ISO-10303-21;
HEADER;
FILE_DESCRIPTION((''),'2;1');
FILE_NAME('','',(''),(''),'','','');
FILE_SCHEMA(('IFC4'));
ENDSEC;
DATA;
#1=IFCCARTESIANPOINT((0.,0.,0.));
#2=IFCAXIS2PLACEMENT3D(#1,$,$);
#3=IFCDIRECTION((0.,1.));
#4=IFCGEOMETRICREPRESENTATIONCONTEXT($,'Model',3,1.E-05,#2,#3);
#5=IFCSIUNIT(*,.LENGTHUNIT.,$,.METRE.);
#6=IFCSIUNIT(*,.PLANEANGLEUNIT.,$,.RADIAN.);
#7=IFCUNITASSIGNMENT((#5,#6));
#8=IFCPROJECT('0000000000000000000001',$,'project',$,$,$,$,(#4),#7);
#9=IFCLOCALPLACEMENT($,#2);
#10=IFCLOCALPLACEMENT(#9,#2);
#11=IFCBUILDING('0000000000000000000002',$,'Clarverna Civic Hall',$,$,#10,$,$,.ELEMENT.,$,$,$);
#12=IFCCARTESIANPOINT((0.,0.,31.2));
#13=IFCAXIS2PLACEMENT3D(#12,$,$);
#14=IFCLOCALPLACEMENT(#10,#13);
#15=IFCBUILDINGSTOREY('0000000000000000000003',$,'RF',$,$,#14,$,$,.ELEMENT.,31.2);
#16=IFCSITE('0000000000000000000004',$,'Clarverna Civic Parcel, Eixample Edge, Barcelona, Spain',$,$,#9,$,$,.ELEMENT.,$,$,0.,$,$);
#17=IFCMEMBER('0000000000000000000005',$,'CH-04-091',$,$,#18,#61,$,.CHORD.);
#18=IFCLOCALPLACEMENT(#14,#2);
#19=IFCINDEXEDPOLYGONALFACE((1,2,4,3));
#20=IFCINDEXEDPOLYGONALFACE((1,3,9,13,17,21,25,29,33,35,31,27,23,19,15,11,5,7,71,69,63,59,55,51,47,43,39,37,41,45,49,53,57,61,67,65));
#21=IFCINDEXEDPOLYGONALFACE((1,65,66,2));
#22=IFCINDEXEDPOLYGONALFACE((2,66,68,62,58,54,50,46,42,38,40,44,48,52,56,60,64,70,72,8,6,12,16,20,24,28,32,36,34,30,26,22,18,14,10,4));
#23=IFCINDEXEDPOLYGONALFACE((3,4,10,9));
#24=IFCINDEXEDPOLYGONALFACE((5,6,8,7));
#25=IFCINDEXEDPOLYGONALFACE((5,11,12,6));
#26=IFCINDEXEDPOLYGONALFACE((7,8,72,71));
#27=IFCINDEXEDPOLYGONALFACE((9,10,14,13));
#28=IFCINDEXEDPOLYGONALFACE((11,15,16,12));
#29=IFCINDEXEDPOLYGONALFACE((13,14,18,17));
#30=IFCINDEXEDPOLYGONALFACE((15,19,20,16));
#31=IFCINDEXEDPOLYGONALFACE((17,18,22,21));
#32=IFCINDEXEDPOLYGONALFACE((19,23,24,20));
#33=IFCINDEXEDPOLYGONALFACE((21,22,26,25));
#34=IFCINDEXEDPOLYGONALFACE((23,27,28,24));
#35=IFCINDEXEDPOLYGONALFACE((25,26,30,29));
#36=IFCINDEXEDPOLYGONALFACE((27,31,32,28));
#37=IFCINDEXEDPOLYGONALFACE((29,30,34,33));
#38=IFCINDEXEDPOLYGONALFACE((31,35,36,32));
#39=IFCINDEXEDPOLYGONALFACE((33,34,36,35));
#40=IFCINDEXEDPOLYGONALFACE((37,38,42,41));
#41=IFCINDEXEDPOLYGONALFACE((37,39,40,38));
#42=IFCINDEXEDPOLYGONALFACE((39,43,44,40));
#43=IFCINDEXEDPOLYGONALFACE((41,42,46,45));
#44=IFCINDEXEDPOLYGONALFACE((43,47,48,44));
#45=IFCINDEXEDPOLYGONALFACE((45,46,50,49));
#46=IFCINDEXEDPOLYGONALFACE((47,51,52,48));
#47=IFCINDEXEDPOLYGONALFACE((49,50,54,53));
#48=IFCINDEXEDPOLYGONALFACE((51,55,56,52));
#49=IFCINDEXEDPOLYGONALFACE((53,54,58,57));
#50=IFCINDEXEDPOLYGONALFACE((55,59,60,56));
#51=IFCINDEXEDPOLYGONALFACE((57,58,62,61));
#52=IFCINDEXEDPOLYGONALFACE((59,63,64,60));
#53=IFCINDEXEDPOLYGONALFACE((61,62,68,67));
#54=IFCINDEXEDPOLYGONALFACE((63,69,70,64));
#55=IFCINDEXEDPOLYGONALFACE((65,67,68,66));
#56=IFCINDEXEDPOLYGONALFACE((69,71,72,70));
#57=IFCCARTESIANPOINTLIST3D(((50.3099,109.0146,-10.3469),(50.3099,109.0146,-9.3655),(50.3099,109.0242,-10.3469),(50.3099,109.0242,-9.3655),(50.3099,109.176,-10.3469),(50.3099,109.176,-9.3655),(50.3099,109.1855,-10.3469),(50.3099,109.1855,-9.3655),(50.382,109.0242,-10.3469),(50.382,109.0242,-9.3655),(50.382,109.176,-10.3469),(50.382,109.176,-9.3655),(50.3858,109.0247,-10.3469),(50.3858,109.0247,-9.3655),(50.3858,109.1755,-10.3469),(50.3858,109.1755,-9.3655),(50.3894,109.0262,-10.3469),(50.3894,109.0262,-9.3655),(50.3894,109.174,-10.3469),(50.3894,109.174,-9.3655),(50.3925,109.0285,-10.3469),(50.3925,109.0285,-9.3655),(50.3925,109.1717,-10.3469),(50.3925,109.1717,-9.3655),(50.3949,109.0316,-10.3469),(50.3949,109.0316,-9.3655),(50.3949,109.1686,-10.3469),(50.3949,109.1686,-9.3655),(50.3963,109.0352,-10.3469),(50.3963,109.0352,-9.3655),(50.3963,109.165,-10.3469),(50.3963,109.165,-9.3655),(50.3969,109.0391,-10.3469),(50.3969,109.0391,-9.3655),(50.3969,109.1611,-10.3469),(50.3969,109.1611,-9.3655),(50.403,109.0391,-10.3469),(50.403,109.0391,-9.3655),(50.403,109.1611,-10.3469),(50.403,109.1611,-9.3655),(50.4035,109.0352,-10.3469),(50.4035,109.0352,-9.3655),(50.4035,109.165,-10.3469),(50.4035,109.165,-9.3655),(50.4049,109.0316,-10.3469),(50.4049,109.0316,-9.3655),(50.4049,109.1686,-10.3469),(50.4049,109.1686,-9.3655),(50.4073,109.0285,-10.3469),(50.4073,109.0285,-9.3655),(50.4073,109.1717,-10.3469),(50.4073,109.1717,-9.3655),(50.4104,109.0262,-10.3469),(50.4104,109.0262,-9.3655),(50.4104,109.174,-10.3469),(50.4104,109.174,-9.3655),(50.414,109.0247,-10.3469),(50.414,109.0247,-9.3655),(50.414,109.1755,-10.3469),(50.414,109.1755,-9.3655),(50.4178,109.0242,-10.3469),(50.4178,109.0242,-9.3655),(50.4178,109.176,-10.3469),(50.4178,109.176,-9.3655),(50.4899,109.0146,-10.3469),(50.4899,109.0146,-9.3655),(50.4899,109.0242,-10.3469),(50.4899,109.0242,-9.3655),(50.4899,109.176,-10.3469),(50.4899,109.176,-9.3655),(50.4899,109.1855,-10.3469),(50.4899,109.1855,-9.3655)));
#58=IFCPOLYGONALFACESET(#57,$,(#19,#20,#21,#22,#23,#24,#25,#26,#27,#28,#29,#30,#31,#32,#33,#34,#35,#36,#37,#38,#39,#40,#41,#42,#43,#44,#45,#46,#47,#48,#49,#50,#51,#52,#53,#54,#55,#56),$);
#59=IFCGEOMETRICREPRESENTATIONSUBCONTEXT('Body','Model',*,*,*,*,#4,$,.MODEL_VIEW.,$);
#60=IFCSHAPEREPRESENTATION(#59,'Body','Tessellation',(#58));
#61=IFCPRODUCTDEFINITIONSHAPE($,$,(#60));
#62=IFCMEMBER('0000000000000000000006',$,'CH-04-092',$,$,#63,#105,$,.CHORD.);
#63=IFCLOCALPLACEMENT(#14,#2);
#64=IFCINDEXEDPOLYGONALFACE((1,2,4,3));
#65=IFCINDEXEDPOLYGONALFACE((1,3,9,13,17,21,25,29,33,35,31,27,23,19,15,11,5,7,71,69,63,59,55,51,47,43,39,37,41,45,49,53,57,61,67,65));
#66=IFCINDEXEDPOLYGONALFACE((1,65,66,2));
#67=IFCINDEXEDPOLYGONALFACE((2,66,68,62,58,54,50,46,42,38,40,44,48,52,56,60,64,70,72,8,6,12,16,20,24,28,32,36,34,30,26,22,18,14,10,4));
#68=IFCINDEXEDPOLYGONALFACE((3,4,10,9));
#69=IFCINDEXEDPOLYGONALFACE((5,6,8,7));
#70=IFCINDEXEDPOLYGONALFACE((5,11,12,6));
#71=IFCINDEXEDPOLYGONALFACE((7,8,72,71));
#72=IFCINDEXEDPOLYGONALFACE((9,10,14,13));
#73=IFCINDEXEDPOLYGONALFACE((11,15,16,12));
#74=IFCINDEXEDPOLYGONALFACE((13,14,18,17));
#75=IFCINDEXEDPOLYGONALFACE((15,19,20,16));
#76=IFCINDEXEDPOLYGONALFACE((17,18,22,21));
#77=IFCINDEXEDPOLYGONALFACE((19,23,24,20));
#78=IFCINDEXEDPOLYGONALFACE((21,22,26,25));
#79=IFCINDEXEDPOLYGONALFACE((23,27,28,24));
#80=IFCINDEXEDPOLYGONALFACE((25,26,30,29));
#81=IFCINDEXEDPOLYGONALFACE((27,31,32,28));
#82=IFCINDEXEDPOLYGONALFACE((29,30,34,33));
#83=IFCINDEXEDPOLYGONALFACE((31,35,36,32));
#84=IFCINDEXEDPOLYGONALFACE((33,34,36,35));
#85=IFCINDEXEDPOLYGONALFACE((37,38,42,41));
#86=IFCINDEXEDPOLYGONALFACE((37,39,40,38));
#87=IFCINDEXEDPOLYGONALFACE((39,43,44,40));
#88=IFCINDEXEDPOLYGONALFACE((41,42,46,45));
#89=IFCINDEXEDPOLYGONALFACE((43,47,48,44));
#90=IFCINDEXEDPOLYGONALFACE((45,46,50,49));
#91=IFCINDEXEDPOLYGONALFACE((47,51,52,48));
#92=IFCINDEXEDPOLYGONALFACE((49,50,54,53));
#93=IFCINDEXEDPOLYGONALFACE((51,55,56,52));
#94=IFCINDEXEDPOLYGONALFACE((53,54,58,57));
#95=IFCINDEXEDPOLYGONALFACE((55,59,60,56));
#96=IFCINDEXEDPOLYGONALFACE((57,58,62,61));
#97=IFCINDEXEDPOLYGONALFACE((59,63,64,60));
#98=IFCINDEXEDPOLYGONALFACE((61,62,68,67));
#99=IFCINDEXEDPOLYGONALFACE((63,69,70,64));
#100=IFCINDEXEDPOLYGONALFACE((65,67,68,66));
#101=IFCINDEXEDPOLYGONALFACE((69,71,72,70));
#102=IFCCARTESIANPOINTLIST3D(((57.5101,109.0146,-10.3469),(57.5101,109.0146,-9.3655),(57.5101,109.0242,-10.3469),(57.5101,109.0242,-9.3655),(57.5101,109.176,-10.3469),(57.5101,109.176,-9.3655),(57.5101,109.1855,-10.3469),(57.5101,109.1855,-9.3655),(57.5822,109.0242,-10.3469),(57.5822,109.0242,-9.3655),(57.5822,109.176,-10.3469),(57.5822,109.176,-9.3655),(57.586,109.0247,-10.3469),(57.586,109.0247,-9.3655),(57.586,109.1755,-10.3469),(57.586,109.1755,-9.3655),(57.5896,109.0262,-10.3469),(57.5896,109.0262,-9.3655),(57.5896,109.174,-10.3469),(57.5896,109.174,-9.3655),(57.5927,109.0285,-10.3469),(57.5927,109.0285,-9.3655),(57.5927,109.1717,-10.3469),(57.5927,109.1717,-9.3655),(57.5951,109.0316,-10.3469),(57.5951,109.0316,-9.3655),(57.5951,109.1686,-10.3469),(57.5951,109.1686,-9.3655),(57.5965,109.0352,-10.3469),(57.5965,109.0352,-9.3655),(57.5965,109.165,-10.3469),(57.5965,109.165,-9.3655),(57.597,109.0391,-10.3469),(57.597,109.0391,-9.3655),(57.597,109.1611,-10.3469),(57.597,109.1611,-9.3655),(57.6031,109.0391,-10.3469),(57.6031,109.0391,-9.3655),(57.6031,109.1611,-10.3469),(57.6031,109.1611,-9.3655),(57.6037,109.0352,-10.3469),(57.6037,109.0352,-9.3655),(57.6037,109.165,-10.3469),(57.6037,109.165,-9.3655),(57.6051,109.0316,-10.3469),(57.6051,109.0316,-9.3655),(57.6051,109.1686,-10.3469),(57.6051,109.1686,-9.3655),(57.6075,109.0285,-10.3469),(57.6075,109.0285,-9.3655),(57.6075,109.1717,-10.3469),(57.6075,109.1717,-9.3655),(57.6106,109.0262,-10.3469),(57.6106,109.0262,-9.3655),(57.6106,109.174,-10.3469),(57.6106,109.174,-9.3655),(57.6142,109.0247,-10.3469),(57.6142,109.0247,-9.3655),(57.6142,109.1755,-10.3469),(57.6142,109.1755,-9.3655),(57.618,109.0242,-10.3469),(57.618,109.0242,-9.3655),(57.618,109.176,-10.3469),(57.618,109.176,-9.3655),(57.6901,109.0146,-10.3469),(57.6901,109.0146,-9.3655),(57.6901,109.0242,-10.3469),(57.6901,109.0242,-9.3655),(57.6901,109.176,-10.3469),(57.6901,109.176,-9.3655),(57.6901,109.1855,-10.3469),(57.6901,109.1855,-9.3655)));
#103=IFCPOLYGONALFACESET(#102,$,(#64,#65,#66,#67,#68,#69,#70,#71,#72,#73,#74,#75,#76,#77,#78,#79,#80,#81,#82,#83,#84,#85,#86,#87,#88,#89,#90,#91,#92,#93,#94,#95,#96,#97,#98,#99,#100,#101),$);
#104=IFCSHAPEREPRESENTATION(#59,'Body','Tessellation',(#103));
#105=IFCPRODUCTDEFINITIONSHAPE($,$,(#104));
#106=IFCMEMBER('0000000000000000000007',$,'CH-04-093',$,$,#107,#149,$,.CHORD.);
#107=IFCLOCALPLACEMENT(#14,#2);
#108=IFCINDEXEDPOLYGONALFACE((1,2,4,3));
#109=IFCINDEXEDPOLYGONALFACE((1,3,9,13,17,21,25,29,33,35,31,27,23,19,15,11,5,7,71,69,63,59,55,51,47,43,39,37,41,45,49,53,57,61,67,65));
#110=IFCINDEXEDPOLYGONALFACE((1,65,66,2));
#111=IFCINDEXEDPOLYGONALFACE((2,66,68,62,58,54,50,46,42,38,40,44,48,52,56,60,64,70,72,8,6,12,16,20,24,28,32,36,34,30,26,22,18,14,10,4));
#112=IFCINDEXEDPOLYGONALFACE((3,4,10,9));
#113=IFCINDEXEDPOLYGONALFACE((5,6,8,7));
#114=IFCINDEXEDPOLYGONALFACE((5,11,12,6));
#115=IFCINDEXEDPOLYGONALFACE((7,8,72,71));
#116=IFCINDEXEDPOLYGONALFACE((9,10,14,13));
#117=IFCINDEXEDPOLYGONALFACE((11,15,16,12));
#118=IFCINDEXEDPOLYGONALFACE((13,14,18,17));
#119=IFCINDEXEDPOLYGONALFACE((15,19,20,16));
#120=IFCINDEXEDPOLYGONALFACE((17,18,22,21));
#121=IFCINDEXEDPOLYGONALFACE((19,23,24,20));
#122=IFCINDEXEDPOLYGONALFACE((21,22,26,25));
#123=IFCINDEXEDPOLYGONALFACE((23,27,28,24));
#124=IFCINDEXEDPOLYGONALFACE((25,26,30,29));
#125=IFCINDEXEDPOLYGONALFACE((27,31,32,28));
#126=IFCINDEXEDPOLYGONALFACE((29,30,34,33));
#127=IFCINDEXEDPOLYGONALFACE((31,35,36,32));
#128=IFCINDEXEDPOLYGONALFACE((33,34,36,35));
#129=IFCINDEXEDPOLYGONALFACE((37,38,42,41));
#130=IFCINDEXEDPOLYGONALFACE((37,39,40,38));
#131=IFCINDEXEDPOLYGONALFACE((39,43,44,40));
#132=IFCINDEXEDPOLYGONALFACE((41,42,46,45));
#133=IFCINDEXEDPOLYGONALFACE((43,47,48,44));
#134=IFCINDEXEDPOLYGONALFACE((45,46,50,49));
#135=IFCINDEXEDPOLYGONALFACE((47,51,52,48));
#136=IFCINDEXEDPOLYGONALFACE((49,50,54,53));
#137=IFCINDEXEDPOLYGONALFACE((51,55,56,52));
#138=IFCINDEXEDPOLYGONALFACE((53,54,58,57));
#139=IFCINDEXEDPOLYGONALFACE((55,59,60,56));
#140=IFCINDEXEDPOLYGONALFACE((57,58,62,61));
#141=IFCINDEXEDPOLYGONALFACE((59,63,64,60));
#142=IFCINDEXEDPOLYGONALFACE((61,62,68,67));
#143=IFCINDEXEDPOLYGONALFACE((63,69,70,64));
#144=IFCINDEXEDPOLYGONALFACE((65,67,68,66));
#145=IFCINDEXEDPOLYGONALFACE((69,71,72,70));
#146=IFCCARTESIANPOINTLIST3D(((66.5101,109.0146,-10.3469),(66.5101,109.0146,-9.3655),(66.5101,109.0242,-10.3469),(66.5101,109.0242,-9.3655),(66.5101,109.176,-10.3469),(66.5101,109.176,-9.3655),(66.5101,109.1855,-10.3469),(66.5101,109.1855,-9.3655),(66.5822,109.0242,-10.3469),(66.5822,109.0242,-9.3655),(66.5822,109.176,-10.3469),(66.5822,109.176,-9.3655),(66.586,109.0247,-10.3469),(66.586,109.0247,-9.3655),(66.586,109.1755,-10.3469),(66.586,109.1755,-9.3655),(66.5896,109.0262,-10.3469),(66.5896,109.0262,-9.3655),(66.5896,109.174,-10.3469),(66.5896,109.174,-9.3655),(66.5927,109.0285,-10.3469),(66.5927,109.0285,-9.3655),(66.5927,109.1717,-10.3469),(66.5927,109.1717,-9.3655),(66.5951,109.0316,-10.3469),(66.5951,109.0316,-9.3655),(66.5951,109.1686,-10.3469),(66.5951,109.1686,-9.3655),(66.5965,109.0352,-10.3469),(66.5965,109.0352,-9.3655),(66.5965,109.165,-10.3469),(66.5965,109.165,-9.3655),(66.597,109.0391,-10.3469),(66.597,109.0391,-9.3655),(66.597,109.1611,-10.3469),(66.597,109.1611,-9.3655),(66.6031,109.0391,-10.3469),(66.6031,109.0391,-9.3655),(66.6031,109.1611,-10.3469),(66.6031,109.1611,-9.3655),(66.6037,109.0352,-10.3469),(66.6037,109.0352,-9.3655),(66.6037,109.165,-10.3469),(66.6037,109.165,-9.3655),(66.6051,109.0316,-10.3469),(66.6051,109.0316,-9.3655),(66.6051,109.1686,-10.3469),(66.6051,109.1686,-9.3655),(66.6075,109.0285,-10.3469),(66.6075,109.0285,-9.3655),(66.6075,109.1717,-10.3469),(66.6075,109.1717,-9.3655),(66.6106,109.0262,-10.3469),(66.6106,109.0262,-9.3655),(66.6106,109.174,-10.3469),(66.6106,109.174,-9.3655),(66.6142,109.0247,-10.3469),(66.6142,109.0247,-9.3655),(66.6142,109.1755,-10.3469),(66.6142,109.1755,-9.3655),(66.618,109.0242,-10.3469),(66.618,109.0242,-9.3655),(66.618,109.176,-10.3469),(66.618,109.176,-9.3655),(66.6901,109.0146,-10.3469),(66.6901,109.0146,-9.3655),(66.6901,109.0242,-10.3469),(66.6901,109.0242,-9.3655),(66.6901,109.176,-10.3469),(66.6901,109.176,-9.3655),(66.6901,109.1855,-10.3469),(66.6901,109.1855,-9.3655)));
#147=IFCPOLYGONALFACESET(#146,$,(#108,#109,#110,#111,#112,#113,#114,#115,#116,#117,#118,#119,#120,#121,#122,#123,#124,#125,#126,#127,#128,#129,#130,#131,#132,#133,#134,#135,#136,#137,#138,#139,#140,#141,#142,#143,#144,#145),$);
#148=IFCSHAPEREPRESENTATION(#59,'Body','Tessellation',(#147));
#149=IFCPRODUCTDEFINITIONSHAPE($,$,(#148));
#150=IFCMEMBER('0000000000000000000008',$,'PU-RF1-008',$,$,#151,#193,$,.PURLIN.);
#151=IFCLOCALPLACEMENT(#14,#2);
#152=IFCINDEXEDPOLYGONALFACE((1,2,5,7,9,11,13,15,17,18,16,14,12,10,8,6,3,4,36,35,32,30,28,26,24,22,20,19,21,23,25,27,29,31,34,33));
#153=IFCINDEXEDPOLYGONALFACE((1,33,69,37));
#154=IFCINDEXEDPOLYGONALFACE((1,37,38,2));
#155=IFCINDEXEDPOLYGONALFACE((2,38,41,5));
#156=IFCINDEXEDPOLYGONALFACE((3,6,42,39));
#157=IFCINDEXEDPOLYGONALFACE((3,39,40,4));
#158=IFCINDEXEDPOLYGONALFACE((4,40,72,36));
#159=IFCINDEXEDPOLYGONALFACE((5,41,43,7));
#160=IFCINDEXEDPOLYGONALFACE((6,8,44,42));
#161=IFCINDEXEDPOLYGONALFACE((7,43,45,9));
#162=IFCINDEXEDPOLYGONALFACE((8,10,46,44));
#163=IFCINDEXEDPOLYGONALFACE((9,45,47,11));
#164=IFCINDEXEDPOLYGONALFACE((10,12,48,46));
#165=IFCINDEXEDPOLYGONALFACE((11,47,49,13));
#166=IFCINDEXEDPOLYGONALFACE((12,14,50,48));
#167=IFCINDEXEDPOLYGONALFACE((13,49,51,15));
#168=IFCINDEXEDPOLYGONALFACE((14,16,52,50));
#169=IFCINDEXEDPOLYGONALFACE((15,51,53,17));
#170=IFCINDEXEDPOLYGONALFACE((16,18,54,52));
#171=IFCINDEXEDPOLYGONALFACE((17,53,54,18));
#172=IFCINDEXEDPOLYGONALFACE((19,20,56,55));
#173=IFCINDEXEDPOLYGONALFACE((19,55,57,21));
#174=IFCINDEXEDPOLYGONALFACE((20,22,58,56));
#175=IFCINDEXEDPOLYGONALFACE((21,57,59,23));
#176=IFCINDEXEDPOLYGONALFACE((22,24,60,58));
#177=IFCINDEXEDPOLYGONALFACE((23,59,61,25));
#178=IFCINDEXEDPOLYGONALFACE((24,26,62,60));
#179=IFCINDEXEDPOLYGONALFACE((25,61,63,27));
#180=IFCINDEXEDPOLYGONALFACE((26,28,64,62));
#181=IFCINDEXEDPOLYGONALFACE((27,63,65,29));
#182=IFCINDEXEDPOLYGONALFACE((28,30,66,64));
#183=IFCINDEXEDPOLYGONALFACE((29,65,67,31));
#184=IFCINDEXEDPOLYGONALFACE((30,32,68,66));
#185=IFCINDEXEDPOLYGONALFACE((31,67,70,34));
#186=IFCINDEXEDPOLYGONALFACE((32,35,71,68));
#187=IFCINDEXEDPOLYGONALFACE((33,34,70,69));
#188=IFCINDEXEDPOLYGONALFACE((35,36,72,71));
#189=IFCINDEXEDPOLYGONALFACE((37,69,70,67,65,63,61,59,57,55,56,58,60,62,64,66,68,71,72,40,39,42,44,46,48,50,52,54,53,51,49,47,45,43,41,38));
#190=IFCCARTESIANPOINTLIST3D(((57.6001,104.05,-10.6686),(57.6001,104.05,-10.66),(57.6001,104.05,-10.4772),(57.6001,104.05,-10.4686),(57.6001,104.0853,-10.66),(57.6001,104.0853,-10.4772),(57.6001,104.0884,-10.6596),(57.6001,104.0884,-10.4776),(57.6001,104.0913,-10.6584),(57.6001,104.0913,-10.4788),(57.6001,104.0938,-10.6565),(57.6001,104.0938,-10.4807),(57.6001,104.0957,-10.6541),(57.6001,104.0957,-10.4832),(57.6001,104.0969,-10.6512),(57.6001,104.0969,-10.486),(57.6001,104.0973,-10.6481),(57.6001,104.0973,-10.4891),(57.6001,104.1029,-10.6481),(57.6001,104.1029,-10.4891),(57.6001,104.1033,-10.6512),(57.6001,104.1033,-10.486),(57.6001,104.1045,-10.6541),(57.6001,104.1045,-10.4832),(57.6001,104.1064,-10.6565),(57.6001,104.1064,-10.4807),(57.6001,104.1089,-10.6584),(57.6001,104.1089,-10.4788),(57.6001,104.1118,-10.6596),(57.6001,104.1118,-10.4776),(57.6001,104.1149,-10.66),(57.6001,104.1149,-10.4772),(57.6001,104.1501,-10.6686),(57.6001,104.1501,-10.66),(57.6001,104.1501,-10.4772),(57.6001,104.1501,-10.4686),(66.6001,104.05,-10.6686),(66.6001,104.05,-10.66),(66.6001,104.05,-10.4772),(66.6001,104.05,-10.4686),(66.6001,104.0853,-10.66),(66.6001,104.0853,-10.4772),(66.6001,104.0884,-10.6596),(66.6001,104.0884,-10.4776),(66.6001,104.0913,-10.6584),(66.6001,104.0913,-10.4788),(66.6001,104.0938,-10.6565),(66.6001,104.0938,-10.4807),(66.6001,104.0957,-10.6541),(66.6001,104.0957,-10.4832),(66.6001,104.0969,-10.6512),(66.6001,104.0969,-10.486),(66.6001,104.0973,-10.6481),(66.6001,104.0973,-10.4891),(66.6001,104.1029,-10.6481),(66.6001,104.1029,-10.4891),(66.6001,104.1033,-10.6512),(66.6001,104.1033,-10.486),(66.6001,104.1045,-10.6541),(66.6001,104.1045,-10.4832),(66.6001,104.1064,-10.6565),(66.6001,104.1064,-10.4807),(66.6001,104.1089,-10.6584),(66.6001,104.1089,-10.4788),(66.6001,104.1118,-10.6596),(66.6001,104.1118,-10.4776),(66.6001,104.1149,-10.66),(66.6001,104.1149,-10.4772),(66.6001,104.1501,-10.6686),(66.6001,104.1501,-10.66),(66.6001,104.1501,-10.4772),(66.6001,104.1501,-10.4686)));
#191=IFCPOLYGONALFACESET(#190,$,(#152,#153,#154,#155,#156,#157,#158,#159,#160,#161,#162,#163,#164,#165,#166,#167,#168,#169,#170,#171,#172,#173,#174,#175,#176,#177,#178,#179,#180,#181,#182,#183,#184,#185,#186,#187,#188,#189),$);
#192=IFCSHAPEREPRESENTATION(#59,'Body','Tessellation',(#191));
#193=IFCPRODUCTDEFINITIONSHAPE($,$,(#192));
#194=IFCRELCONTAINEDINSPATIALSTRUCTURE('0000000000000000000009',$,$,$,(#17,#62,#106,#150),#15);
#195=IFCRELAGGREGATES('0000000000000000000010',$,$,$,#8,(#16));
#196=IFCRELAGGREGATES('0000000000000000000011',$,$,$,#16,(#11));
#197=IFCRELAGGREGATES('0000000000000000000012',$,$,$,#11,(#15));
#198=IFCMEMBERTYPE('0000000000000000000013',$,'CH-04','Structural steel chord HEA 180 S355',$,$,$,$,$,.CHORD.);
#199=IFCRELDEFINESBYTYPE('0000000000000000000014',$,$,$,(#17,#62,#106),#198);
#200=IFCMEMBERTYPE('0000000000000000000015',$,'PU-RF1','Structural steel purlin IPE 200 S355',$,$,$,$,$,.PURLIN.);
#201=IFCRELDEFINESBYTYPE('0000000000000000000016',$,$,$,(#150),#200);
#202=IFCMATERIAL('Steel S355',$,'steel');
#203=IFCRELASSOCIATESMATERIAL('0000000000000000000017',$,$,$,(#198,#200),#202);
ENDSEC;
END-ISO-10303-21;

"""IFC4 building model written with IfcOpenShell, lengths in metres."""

from ifc_helpers import new_model, si_unit, direction, frame, origin, origin_2d, place, context, subcontext, project, spatial, i_section, extrude, material, material_profile, profile_set, type_object, element, save


model = new_model("IFC4")

# Units and contexts
model_context = context("Model", 3, precision=1e-05, world=origin(), true_north=direction((0.0, 1.0)))
body_context = subcontext(model_context, "Body", "Model", "MODEL_VIEW")
ifc_project = project(units=[si_unit("LENGTHUNIT", "METRE"), si_unit("PLANEANGLEUNIT", "RADIAN")], contexts=[model_context])

# Site, building, storey
site_placement = place(None, origin())
site = spatial("IfcSite", under=ifc_project, at=site_placement, Name="Clarverna Civic Parcel, Eixample Edge, Barcelona, Spain", CompositionType="ELEMENT", RefElevation=0.0)
building_placement = place(site_placement, origin())
building = spatial("IfcBuilding", under=site, at=building_placement, Name="Clarverna Civic Hall", CompositionType="ELEMENT")
storey_placement = place(building_placement, frame((0.0, 0.0, 31.2)))
storey = spatial("IfcBuildingStorey", under=building, at=storey_placement, Name="RF", CompositionType="ELEMENT", Elevation=31.2)

# Members
ifc_material_1 = material(Name="Steel S355", Category="steel")
ifc_material_profile_1 = material_profile(ifc_material_1, i_section(OverallWidth=0.1799, OverallDepth=0.1709, WebThickness=0.0061, FlangeThickness=0.0095, FilletRadius=0.0149, at=origin_2d()), Name="HEA 180")
ifc_profile_set_1 = profile_set([ifc_material_profile_1], Name="Steel S355")
member_type_1 = type_object("IfcMemberType", Name="CH-04", Description="Structural steel chord HEA 180 S355", PredefinedType="CHORD", material=ifc_profile_set_1)
for number, where, z_axis, x_axis, name in (
    (1, (50.3999, 109.1001, -10.3469), (0.0, 0.0, 1.0), (1.0, 0.0, 0.0), "CH-04-091"),
    (2, (57.6001, 109.1001, -10.3469), (0.0, 0.0, 1.0), (1.0, 0.0, 0.0), "CH-04-092"),
    (3, (66.6001, 109.1001, -10.3469), (0.0, 0.0, 1.0), (1.0, 0.0, 0.0), "CH-04-093"),
):
    element("IfcMember", number, at=place(storey_placement, frame(where, z_axis=z_axis, x_axis=x_axis)), inside=storey, type_object=member_type_1, Name=name, PredefinedType="CHORD", context=body_context, shape_type="SweptSolid", body=[
        extrude(i_section(OverallWidth=0.1799, OverallDepth=0.1709, WebThickness=0.0061, FlangeThickness=0.0095, FilletRadius=0.0149, at=origin_2d()), origin(), (0.0, 0.0, 1.0), 0.9814),
    ])
ifc_material_profile_2 = material_profile(ifc_material_1, i_section(OverallWidth=0.1001, OverallDepth=0.2, WebThickness=0.0056, FlangeThickness=0.0085, FilletRadius=0.012, at=origin_2d()), Name="IPE 200")
ifc_profile_set_2 = profile_set([ifc_material_profile_2], Name="Steel S355")
member_type_2 = type_object("IfcMemberType", Name="PU-RF1", Description="Structural steel purlin IPE 200 S355", PredefinedType="PURLIN", material=ifc_profile_set_2)
member_1_placement = place(storey_placement, frame((57.6001, 104.1001, -10.5686), z_axis=(1.0, 0.0, 0.0), x_axis=(0.0, 1.0, 0.0)))
element("IfcMember", 4, at=member_1_placement, inside=storey, type_object=member_type_2, Name="PU-RF1-008", PredefinedType="PURLIN", context=body_context, shape_type="SweptSolid", body=[
    extrude(i_section(OverallWidth=0.1001, OverallDepth=0.2, WebThickness=0.0056, FlangeThickness=0.0085, FilletRadius=0.012, at=origin_2d()), origin(), (0.0, 0.0, 1.0), 9.0),
])

save(model, "model.ifc")
